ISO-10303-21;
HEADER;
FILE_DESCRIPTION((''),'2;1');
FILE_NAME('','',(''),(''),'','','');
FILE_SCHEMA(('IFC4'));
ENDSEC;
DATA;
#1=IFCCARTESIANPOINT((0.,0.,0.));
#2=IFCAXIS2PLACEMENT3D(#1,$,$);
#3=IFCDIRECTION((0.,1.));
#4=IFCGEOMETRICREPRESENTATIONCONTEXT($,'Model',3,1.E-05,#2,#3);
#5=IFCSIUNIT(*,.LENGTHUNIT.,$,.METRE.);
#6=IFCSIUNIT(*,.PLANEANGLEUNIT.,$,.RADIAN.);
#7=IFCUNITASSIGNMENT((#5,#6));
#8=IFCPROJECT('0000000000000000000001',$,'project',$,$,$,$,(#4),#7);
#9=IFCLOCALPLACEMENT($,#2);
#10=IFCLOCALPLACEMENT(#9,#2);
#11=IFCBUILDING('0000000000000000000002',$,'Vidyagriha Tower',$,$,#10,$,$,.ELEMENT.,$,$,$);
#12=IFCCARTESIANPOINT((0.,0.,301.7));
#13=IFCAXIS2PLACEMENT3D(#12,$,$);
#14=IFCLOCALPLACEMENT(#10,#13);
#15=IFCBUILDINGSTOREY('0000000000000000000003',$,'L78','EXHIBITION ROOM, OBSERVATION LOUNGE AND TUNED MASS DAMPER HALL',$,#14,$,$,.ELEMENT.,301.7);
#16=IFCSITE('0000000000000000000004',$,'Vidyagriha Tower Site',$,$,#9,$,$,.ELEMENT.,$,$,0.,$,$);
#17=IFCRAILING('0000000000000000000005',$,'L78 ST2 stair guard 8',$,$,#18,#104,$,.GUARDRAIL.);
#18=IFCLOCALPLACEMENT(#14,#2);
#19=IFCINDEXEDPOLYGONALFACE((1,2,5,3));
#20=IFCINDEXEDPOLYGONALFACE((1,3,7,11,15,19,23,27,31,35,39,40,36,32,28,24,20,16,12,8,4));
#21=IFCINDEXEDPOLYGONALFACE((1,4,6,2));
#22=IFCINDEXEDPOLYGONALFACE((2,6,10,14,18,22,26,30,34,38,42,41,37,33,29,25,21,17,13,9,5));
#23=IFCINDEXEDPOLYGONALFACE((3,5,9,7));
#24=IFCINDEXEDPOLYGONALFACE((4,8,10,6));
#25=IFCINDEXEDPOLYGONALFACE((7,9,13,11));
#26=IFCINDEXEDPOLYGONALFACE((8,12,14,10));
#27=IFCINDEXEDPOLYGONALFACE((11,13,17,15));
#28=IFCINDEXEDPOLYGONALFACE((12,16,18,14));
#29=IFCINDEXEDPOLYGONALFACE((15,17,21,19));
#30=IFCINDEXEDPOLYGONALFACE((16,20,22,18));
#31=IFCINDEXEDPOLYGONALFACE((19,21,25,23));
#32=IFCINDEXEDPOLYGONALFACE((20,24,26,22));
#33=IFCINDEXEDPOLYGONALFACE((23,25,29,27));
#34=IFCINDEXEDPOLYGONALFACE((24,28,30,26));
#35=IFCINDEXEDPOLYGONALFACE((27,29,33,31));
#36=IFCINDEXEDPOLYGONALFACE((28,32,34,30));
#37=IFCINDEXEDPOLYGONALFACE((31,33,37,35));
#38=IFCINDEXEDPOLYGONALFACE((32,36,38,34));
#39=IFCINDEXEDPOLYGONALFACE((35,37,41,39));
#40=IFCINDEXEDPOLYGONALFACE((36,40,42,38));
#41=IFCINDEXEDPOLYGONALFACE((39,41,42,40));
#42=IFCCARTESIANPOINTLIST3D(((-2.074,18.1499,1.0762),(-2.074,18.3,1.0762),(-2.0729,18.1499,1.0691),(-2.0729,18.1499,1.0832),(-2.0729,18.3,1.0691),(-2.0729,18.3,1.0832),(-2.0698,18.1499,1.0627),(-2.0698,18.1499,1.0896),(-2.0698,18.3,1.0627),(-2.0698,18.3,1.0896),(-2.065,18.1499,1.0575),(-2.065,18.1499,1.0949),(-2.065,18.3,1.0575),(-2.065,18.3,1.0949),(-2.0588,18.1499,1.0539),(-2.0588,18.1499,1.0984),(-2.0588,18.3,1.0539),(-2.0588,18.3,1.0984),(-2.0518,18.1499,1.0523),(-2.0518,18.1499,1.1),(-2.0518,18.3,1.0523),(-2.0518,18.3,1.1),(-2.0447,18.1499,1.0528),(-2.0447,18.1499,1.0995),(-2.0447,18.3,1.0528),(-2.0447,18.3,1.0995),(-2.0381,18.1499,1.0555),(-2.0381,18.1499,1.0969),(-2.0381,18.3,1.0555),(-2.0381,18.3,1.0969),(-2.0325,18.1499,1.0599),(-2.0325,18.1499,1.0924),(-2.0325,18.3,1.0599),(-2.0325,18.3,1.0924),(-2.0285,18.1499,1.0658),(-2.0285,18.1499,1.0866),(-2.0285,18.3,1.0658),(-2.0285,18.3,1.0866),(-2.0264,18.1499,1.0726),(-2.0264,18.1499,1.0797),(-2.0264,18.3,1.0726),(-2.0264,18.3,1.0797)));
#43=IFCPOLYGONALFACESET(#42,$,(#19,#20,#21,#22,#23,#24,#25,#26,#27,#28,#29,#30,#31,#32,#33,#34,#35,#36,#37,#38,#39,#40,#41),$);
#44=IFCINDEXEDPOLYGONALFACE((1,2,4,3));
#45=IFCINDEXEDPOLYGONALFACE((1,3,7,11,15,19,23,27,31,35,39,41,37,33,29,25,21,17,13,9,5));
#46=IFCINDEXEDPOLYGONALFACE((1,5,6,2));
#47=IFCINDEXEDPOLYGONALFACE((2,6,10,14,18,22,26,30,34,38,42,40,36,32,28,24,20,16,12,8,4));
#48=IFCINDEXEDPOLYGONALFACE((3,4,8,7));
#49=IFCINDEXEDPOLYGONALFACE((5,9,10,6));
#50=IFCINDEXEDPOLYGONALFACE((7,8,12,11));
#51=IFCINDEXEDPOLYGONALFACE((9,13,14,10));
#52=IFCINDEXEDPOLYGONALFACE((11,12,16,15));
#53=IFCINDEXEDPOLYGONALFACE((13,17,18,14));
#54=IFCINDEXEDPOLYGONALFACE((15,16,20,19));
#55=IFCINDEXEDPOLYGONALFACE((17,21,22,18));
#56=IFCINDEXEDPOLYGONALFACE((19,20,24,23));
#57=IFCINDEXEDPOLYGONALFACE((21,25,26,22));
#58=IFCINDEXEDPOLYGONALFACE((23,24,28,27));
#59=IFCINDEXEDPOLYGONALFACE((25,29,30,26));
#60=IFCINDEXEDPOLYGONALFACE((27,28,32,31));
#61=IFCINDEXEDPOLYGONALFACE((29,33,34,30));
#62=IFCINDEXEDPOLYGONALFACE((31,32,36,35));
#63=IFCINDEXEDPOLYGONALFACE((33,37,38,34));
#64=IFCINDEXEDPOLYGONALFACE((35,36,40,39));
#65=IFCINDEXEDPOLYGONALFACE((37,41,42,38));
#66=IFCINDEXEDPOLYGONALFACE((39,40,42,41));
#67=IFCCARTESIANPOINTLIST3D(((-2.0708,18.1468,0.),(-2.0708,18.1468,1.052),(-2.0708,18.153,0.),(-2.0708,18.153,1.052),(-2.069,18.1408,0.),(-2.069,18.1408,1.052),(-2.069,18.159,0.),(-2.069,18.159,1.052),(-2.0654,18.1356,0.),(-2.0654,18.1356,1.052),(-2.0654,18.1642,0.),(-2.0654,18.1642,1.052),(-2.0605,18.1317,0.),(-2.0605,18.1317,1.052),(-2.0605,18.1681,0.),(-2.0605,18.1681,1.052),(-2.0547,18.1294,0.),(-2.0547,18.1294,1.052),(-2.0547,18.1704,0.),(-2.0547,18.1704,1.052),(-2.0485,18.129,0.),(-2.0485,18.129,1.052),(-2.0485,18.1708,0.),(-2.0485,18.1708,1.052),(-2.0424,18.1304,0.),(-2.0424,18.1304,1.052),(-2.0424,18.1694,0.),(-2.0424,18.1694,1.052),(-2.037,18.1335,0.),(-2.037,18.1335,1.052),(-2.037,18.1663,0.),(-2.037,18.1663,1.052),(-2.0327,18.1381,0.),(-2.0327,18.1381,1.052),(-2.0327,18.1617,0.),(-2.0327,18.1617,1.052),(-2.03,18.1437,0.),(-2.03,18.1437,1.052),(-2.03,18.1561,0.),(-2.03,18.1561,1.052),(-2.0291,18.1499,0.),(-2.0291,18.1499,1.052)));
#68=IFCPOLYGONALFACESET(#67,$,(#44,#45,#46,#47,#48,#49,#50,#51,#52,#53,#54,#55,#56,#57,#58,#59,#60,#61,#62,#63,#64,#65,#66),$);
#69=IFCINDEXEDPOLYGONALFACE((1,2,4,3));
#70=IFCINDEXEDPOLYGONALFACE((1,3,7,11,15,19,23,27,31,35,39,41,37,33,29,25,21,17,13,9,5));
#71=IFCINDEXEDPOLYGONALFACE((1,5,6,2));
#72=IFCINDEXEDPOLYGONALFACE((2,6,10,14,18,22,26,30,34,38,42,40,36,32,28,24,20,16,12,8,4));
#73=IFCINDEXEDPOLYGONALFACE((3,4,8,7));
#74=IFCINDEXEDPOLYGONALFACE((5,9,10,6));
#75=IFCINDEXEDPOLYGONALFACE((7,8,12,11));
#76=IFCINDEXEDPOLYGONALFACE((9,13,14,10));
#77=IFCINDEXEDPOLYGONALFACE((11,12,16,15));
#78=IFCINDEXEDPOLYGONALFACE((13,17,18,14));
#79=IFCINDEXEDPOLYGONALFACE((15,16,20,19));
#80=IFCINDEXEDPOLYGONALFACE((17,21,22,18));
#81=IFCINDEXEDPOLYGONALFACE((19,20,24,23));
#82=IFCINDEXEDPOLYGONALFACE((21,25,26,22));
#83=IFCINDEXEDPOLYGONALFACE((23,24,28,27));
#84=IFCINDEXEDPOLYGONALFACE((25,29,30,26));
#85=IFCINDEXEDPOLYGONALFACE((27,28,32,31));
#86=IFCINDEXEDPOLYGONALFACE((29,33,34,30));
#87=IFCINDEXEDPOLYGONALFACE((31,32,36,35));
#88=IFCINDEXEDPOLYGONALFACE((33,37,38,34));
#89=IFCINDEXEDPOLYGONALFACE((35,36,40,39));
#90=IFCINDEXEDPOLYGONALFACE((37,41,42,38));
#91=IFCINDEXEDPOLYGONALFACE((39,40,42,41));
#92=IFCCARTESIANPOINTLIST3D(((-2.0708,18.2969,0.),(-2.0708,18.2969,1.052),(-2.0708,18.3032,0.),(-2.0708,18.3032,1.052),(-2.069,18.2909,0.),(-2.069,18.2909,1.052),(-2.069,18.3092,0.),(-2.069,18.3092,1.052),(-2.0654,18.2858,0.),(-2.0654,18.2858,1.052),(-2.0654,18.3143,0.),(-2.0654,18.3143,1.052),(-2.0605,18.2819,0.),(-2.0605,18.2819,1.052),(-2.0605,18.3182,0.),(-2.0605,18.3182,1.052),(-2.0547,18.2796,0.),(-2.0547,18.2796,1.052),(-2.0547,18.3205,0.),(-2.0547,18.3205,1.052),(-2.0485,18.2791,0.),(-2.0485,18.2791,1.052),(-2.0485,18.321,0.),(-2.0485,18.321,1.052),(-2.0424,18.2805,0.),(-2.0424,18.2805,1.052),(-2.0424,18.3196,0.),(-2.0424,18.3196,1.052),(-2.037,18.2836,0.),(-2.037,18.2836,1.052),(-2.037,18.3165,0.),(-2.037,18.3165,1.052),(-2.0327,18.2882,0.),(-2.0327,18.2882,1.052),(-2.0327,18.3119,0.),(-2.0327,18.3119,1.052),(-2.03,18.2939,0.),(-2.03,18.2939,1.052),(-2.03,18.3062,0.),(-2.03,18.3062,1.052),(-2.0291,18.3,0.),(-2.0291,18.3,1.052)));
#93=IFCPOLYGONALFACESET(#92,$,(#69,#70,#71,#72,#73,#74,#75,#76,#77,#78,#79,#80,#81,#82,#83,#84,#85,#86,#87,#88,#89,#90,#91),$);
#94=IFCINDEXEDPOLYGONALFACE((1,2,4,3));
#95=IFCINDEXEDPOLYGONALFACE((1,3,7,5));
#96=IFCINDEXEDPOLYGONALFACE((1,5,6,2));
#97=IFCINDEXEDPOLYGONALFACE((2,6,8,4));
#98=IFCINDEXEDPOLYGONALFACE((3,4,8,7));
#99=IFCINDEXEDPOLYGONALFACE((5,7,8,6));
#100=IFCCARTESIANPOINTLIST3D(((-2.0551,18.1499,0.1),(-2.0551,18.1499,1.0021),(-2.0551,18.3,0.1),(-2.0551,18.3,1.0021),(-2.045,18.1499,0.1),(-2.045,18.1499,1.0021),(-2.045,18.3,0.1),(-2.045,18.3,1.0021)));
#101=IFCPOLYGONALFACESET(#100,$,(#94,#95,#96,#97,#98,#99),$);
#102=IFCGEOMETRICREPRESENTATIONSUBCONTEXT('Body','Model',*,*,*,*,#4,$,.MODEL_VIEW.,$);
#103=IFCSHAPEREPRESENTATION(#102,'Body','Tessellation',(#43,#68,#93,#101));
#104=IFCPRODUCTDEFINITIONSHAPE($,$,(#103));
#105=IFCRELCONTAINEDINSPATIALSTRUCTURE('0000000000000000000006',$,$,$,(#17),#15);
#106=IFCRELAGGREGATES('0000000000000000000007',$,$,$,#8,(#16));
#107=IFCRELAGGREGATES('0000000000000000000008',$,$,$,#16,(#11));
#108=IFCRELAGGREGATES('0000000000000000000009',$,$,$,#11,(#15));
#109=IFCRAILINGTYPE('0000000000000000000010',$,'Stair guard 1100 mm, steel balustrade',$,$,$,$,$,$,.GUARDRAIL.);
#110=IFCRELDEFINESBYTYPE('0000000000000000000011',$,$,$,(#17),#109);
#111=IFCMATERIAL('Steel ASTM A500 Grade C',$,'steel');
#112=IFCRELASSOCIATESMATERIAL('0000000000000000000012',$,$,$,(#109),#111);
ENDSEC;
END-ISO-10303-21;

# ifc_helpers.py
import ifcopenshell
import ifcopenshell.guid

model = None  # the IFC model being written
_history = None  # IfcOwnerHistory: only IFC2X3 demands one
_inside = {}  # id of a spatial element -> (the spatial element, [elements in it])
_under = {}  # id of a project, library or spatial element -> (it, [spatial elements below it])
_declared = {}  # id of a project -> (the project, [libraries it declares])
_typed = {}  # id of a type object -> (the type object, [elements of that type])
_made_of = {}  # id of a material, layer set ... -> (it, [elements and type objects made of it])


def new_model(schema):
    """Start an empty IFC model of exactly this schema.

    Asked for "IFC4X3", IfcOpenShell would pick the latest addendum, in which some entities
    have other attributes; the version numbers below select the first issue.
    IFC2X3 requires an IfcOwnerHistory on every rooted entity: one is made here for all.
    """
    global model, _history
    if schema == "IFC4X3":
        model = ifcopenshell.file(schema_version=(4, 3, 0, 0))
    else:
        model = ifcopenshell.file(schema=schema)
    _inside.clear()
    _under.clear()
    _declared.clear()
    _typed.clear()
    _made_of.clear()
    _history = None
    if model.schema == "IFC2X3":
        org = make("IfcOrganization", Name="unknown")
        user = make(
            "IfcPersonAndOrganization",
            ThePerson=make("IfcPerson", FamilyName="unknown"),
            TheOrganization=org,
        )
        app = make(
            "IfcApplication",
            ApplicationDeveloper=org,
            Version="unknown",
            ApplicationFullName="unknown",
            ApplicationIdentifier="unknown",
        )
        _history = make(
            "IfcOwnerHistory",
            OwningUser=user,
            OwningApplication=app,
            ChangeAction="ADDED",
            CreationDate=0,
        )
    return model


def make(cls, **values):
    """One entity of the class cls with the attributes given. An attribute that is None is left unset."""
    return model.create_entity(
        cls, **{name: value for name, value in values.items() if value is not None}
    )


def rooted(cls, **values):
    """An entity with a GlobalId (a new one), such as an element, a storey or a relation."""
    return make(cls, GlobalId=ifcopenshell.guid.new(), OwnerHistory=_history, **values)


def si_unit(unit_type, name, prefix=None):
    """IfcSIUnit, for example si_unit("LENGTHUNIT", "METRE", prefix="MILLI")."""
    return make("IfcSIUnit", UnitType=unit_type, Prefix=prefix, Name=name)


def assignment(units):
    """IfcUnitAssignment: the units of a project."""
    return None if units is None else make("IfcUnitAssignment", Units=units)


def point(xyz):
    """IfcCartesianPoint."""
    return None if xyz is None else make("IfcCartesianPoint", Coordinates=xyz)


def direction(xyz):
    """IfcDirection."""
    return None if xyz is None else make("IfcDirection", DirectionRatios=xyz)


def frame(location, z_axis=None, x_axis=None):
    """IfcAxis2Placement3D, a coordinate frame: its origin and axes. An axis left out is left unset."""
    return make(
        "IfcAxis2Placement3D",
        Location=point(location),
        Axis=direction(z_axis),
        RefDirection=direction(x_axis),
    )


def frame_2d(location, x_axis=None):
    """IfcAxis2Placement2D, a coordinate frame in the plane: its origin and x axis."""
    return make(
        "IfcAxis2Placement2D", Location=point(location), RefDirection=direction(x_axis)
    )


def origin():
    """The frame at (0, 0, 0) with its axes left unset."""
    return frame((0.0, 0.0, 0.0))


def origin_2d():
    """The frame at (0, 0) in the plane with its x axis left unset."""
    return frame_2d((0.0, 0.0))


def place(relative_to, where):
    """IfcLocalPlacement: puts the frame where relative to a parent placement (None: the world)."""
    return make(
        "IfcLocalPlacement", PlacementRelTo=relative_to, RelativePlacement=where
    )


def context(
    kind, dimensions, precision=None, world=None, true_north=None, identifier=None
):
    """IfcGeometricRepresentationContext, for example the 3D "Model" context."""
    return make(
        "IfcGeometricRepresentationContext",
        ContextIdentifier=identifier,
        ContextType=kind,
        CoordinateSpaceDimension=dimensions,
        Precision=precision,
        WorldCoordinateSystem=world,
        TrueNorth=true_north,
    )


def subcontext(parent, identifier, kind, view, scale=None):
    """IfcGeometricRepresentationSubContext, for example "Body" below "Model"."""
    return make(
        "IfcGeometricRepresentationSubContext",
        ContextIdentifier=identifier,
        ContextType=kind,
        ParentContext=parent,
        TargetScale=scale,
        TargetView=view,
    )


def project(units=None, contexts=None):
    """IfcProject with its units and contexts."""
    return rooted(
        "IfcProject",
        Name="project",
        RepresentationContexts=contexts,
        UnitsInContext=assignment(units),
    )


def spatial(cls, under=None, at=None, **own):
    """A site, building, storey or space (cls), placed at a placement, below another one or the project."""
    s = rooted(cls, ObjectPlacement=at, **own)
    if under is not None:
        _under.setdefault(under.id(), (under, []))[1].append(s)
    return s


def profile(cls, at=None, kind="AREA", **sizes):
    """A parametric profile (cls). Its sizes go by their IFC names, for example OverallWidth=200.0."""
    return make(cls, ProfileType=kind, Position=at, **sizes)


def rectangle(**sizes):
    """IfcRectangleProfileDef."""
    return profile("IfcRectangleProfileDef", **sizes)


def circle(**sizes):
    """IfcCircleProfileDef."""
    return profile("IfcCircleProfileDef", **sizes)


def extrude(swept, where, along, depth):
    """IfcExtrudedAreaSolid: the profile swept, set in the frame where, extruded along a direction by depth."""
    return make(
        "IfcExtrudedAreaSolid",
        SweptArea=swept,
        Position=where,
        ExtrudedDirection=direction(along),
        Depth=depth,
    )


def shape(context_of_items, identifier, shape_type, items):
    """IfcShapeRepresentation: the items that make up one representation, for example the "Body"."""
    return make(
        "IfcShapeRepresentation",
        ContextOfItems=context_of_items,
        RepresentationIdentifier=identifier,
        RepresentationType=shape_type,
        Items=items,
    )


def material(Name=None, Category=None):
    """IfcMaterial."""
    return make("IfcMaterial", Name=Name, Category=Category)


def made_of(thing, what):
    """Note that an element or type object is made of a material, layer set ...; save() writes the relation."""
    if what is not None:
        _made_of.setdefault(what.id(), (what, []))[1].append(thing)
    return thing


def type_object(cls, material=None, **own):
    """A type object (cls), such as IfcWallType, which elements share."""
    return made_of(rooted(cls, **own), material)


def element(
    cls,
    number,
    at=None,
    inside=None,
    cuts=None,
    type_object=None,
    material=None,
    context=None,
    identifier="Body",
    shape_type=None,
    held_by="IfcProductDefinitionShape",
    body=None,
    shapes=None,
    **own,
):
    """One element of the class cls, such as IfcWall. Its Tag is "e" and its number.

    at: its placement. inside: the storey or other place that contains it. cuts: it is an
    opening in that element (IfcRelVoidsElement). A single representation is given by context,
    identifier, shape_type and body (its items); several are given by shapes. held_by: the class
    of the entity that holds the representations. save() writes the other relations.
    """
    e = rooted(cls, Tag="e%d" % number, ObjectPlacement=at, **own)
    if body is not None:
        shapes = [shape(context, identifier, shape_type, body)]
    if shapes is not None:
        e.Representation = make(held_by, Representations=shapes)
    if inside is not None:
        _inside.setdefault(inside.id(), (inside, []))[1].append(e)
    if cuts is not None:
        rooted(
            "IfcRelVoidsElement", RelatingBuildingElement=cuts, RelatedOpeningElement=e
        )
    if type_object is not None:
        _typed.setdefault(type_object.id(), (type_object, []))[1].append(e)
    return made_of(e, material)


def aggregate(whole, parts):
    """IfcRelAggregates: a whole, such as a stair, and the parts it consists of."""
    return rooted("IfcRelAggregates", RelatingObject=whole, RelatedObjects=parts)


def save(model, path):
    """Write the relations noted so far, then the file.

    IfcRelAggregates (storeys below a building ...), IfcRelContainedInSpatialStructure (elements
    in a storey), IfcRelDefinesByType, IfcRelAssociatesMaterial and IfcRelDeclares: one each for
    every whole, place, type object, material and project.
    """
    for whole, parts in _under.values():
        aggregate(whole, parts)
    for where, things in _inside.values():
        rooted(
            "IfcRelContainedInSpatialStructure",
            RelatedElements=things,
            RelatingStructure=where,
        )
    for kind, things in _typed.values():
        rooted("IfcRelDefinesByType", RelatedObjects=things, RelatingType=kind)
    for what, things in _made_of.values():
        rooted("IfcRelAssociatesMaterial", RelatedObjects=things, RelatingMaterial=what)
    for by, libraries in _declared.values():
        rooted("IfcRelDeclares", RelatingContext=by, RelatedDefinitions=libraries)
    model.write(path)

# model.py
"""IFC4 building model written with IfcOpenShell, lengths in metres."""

from ifc_helpers import new_model, si_unit, direction, frame, origin, origin_2d, place, context, subcontext, project, spatial, rectangle, circle, extrude, material, type_object, element, save


model = new_model("IFC4")

# Units and contexts
model_context = context("Model", 3, precision=1e-05, world=origin(), true_north=direction((0.0, 1.0)))
body_context = subcontext(model_context, "Body", "Model", "MODEL_VIEW")
ifc_project = project(units=[si_unit("LENGTHUNIT", "METRE"), si_unit("PLANEANGLEUNIT", "RADIAN")], contexts=[model_context])

# Site, building, storey
site_placement = place(None, origin())
site = spatial("IfcSite", under=ifc_project, at=site_placement, Name="Vidyagriha Tower Site", CompositionType="ELEMENT", RefElevation=0.0)
building_placement = place(site_placement, origin())
building = spatial("IfcBuilding", under=site, at=building_placement, Name="Vidyagriha Tower", CompositionType="ELEMENT")
storey_placement = place(building_placement, frame((0.0, 0.0, 301.7)))
storey = spatial("IfcBuildingStorey", under=building, at=storey_placement, Name="L78", Description="EXHIBITION ROOM, OBSERVATION LOUNGE AND TUNED MASS DAMPER HALL", CompositionType="ELEMENT", Elevation=301.7)

# Railing
ifc_material_1 = material(Name="Steel ASTM A500 Grade C", Category="steel")
railing_type_1 = type_object("IfcRailingType", Name="Stair guard 1100 mm, steel balustrade", PredefinedType="GUARDRAIL", material=ifc_material_1)
for number, where, name in (
    (1, (-2.05, 18.1499, 0.0), "L78 ST2 stair guard 8"),
):
    element("IfcRailing", number, at=place(storey_placement, frame(where)), inside=storey, type_object=railing_type_1, Name=name, PredefinedType="GUARDRAIL", context=body_context, shape_type="SweptSolid", body=[
        extrude(circle(Radius=0.0239, at=origin_2d()), frame((0.0, 0.0, 1.0762), z_axis=(0.0, 1.0, 0.0), x_axis=(-1.0, 0.0, 0.0)), (0.0, 0.0, 1.0), 0.1501),
        extrude(circle(Radius=0.021, at=origin_2d()), origin(), (0.0, 0.0, 1.0), 1.052),
        extrude(circle(Radius=0.021, at=origin_2d()), frame((0.0, 0.1501, 0.0)), (0.0, 0.0, 1.0), 1.052),
        extrude(rectangle(XDim=0.01, YDim=0.9021, at=origin_2d()), frame((0.0, 0.0, 0.551), z_axis=(0.0, 1.0, 0.0), x_axis=(-1.0, 0.0, 0.0)), (0.0, 0.0, 1.0), 0.1501),
    ])

save(model, "model.ifc")
